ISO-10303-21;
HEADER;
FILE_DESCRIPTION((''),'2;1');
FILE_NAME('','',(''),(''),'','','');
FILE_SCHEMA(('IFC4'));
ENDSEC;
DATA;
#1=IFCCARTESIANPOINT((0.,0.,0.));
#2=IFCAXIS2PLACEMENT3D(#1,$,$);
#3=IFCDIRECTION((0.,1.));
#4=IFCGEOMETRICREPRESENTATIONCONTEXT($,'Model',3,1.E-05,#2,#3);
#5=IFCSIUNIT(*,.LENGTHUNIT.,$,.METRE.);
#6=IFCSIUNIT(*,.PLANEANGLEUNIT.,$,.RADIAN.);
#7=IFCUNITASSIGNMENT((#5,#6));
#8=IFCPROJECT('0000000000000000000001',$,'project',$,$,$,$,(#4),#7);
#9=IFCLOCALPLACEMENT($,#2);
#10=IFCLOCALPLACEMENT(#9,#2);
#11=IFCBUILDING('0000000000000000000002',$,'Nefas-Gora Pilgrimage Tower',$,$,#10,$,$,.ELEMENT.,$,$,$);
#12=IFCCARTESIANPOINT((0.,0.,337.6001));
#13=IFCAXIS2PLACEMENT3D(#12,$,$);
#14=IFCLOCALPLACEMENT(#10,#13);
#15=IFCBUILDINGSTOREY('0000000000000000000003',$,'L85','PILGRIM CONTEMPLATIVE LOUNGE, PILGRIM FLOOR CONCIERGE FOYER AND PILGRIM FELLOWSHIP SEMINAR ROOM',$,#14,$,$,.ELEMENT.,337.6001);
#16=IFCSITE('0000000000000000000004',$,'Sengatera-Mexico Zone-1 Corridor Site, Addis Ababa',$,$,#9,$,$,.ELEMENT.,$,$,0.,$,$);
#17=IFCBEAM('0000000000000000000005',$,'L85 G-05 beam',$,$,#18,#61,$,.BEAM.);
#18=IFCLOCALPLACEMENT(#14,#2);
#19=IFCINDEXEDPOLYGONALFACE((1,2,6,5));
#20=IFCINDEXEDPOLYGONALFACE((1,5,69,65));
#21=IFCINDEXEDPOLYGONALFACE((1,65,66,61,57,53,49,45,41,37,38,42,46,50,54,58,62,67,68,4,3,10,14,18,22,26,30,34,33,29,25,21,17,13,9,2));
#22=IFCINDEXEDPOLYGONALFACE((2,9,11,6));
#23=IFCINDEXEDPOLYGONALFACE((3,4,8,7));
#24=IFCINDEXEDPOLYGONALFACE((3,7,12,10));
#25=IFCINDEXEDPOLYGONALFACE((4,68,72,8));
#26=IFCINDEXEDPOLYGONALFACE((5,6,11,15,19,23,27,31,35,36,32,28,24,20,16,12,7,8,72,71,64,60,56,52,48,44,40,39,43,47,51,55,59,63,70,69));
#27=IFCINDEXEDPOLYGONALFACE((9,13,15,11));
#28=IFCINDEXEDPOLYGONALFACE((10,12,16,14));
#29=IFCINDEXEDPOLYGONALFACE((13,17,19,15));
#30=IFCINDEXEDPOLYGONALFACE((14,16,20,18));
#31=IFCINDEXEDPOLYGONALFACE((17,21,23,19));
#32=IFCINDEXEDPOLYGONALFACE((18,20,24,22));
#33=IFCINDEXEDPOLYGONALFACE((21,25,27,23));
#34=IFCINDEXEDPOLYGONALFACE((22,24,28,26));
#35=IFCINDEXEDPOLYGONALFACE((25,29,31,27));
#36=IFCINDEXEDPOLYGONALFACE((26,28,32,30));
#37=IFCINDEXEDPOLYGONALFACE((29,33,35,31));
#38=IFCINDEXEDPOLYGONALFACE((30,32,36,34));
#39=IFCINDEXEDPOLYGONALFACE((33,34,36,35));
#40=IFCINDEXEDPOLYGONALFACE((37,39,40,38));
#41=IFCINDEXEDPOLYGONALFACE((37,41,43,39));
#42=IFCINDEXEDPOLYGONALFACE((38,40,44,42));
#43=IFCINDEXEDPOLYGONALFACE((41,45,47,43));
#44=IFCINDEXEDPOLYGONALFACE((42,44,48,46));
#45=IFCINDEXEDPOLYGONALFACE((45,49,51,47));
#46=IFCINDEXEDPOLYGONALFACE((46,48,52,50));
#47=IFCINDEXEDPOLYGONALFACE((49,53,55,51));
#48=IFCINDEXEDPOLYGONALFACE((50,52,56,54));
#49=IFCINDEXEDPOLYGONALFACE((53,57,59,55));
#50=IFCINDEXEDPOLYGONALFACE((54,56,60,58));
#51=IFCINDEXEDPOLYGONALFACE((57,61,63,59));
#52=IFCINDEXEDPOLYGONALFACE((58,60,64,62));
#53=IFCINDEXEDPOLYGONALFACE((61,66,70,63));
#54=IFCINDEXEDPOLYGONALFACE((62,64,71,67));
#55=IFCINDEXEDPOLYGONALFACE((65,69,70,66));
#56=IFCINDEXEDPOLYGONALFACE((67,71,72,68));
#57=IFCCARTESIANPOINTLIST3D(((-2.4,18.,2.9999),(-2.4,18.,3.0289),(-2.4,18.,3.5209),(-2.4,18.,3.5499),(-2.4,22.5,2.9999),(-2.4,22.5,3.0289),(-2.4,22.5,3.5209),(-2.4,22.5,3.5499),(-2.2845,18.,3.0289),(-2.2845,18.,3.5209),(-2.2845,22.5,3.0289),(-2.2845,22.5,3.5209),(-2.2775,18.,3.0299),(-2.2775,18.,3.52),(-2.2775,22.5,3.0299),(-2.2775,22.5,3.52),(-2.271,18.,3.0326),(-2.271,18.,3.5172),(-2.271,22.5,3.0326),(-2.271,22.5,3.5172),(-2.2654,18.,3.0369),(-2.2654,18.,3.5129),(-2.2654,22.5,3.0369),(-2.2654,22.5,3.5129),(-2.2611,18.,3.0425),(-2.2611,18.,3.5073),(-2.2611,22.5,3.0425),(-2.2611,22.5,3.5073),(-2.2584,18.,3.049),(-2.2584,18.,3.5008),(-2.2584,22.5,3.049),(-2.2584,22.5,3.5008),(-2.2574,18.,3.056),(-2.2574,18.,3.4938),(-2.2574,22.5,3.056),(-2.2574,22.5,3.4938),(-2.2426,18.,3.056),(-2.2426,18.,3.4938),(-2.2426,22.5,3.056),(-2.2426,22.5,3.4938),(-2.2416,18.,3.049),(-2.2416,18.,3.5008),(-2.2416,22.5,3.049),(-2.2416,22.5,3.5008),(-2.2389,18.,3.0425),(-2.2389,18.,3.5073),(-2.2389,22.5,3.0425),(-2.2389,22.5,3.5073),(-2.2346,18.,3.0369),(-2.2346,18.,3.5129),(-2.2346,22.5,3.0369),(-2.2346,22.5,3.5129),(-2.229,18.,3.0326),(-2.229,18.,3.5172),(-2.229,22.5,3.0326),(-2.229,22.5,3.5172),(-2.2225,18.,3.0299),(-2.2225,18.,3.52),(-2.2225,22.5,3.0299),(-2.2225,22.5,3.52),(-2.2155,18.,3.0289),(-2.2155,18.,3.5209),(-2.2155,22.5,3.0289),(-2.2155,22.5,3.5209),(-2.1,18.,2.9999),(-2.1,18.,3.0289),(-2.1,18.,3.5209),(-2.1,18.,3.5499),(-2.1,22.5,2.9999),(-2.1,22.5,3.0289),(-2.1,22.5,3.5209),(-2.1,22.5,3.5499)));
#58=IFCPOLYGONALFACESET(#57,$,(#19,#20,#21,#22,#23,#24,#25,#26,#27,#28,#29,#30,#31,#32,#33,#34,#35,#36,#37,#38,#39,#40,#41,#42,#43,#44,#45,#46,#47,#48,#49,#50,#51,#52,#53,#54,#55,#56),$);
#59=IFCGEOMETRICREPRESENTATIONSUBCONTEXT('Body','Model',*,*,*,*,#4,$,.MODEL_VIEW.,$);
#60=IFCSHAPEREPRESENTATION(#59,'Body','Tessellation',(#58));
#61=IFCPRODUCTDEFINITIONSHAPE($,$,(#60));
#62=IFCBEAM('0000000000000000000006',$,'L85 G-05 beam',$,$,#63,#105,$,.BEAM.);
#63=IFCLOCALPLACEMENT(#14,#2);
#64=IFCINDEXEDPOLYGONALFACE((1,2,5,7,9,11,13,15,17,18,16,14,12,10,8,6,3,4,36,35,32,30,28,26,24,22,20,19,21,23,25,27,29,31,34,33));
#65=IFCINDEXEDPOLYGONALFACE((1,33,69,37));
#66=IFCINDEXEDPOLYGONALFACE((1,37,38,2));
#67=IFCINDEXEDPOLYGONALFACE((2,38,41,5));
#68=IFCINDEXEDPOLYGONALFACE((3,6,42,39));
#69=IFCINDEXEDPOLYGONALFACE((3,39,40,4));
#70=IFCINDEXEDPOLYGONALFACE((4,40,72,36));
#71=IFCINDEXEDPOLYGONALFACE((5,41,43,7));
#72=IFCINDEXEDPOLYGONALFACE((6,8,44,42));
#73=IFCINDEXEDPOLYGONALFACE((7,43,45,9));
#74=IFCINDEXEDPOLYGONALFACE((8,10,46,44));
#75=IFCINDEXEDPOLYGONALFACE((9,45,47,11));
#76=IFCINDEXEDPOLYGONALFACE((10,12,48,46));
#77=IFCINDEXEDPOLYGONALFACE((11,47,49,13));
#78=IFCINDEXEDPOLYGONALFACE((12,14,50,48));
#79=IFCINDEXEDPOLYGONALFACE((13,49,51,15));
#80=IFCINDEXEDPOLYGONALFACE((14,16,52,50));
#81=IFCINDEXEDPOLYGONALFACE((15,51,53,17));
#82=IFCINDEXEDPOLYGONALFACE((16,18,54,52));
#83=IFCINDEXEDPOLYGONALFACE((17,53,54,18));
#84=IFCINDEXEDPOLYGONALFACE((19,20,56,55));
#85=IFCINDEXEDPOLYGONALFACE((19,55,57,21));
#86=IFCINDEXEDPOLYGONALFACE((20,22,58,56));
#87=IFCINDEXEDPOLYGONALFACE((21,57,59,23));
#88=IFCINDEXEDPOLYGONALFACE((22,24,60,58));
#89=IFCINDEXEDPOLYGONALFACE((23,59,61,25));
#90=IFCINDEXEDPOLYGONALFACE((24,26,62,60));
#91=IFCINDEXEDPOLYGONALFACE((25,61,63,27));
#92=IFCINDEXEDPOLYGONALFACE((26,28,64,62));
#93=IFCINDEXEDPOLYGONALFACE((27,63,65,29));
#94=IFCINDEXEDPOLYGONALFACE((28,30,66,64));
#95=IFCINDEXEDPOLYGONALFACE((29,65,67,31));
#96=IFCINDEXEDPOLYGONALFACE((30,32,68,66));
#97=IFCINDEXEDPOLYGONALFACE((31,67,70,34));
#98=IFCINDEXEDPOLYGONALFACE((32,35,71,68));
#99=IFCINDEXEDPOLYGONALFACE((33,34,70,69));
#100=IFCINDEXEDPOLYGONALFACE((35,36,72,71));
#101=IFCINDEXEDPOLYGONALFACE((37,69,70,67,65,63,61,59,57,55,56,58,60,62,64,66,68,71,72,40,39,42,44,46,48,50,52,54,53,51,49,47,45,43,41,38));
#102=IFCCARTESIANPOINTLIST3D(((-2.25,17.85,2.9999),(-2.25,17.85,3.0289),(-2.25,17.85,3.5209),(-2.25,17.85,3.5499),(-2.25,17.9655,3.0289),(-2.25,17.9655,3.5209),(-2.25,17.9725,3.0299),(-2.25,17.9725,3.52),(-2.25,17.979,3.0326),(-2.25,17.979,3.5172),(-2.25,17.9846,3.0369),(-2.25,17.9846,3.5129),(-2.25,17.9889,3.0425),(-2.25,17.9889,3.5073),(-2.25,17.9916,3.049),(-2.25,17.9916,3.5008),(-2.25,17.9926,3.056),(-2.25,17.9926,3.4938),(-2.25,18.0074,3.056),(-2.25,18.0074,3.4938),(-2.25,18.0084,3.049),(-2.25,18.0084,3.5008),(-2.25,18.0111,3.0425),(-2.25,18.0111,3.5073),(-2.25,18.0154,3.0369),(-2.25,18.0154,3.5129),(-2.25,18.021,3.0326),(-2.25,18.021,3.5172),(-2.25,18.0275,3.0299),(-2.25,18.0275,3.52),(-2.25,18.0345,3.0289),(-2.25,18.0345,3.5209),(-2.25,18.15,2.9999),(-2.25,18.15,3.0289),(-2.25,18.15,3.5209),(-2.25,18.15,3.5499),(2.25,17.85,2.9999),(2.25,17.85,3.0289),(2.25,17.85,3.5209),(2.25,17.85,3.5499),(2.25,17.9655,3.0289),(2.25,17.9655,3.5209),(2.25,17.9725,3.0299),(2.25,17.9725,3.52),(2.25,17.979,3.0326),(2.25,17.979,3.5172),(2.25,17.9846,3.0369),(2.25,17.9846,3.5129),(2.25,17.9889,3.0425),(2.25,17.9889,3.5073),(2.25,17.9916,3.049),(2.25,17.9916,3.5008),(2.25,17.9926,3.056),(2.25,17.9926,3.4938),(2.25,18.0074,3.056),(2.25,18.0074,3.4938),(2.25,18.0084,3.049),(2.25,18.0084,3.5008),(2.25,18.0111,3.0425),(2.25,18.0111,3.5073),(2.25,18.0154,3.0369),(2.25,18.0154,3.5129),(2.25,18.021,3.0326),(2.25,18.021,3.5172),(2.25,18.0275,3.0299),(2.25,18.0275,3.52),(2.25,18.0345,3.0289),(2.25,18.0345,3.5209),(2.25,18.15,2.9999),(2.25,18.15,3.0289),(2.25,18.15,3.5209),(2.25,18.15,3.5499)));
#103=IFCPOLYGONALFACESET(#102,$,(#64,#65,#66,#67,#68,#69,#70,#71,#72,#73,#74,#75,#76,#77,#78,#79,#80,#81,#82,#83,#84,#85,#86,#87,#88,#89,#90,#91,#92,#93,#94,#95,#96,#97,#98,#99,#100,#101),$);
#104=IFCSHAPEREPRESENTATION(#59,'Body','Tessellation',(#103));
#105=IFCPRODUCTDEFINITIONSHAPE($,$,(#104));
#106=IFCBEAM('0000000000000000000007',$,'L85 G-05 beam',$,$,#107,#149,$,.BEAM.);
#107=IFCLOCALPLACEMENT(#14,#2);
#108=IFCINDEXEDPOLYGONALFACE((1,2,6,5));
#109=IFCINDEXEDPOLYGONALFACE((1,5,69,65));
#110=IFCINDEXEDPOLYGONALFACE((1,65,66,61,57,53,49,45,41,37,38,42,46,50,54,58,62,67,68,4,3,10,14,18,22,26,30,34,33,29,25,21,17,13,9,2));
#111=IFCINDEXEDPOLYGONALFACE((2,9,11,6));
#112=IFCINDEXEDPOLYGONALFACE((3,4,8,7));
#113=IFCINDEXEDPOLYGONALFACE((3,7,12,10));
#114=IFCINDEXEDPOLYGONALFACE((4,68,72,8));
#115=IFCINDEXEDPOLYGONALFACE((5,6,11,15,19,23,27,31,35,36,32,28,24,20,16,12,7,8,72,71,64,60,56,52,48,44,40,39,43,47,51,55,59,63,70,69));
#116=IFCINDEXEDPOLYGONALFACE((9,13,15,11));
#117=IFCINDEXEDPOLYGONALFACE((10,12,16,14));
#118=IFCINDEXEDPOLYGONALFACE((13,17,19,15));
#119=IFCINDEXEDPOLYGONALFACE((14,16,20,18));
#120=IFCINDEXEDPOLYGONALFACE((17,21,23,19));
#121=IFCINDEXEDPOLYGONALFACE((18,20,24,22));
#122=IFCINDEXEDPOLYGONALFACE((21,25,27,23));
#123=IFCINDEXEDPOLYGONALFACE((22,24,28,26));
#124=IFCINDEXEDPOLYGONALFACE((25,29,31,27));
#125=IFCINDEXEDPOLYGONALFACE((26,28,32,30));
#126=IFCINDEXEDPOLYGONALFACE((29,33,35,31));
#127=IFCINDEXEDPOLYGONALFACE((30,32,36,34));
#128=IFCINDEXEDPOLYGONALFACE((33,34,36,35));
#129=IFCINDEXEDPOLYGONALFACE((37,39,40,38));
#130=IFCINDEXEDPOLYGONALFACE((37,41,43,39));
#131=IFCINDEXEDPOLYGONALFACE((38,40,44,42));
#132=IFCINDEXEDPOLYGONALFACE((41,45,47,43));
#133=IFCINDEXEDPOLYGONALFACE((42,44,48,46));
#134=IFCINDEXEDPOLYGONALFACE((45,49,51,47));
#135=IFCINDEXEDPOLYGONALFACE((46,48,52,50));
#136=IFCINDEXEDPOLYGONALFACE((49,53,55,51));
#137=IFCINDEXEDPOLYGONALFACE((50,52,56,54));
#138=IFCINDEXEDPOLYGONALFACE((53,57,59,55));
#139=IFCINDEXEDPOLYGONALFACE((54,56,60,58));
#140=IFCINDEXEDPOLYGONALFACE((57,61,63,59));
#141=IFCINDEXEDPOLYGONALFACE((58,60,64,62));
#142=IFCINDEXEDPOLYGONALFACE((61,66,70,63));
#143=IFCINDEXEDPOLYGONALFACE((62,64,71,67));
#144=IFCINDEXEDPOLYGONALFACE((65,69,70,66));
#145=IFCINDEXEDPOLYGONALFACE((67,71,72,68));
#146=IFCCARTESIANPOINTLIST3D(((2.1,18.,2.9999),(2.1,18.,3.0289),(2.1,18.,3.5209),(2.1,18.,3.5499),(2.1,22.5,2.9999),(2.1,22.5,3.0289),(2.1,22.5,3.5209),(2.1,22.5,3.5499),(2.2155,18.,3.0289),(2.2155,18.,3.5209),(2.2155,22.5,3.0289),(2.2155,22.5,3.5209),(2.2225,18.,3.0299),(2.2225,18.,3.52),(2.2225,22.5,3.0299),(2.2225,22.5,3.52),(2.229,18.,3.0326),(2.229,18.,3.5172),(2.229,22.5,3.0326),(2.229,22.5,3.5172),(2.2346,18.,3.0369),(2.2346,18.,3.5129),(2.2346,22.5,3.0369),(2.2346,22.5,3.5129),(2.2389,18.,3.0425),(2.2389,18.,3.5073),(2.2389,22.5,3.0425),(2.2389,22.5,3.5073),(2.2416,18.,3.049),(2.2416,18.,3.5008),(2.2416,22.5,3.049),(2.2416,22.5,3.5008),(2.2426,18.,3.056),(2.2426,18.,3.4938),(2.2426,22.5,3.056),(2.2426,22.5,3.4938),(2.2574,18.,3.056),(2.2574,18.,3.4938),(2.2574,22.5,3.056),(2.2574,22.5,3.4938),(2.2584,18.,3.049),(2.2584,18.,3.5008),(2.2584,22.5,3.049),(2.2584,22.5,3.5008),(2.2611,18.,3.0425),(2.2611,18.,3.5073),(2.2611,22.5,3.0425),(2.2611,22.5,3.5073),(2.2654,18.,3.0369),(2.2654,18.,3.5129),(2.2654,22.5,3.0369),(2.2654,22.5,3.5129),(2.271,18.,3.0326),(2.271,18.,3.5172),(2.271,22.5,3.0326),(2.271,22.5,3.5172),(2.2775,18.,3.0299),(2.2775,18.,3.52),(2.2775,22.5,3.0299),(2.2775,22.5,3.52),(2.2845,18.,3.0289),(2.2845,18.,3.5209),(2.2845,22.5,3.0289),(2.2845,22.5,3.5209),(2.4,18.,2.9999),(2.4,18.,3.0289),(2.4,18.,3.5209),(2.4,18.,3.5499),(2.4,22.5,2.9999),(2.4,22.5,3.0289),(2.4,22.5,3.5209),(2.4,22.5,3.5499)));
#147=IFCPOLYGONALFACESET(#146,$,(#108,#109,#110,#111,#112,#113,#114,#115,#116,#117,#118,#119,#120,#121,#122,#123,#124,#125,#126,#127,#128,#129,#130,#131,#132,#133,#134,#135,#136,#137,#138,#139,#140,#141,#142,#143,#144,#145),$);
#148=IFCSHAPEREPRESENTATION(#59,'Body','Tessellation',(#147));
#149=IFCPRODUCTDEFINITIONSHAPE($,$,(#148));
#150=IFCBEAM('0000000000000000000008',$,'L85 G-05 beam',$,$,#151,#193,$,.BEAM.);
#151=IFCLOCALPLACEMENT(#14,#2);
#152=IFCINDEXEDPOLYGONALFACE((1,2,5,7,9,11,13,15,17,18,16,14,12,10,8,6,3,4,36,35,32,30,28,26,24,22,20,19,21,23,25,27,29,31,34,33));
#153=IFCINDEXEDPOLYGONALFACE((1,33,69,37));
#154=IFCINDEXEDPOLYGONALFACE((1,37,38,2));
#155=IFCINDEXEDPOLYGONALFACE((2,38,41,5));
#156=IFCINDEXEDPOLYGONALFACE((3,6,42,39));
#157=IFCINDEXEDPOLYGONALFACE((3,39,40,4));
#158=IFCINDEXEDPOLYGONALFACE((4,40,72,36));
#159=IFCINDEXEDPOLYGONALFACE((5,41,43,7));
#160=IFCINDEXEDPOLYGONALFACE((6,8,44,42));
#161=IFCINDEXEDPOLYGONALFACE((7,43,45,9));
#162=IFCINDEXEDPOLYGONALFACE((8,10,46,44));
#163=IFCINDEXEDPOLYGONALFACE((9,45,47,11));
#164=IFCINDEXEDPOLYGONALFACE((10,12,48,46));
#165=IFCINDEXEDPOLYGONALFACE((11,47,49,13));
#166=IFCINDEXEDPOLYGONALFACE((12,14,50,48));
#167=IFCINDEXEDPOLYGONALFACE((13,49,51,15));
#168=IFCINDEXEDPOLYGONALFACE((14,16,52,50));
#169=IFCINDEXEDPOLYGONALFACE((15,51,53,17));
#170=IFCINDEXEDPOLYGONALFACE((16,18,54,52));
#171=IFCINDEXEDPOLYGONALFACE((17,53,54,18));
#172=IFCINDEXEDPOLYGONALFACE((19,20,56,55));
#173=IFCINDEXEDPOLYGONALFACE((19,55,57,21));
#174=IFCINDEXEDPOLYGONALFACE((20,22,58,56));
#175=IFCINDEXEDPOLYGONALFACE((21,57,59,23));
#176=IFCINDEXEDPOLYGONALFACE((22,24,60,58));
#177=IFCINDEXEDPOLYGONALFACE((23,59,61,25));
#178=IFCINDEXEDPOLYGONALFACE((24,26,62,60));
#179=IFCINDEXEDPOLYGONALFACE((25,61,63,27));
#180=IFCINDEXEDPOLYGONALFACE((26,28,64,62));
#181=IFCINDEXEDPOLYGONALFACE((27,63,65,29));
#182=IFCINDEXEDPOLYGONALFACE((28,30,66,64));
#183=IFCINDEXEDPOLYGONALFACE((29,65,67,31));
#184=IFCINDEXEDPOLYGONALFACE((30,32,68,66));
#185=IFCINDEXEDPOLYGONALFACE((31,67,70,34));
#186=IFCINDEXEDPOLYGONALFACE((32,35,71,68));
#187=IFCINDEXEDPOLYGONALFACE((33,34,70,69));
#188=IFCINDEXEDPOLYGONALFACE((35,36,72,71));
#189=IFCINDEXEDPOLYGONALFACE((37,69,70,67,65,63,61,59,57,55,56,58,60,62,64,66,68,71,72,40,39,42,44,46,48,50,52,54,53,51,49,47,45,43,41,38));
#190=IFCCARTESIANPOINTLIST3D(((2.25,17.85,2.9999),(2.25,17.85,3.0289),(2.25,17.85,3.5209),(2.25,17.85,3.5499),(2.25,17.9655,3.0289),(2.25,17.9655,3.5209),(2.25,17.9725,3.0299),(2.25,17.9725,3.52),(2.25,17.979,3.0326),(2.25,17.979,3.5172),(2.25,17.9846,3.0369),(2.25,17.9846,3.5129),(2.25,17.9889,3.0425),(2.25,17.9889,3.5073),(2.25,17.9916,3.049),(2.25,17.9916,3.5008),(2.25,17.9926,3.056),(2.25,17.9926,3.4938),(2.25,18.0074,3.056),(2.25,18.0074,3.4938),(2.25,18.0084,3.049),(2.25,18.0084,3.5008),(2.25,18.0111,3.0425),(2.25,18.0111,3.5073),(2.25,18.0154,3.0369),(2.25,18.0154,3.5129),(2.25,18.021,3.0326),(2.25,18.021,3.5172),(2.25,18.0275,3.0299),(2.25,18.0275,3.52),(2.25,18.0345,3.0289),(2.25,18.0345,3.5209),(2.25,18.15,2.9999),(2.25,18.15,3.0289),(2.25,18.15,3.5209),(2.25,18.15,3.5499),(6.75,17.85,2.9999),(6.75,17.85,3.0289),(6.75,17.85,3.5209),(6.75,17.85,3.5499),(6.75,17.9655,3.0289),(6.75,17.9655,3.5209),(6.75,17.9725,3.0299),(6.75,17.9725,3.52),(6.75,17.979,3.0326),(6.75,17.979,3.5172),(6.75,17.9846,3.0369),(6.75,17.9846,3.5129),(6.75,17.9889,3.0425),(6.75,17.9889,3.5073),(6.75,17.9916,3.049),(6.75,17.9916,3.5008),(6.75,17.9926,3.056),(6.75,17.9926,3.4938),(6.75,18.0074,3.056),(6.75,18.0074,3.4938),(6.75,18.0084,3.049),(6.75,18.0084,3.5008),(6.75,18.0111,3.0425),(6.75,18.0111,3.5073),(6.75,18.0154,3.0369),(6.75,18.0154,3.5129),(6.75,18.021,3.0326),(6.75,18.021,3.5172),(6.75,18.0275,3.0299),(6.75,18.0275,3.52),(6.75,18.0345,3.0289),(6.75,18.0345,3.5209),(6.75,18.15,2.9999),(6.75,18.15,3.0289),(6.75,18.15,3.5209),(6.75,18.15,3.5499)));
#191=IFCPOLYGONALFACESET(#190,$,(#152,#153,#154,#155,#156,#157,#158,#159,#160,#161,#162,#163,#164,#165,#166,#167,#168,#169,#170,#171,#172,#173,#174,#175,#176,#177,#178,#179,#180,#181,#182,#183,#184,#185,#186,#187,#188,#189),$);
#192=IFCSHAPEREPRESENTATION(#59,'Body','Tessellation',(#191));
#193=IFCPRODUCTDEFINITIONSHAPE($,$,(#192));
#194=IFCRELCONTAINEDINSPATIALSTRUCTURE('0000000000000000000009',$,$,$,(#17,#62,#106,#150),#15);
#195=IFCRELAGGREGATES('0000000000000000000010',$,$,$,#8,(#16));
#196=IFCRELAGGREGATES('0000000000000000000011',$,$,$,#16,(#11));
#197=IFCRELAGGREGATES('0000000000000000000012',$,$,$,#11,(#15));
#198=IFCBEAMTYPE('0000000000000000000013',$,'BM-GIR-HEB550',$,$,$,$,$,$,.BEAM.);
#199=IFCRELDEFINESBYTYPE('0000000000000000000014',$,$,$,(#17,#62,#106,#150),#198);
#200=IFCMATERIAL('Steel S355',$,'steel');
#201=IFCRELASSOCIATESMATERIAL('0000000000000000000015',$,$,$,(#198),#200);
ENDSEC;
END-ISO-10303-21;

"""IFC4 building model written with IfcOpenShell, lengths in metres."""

from ifc_helpers import new_model, si_unit, direction, frame, origin, origin_2d, place, context, subcontext, project, spatial, i_section, extrude, source, transform, mapped, material, material_profile, profile_set, type_object, element, save


model = new_model("IFC4")

# Units and contexts
model_context = context("Model", 3, precision=1e-05, world=origin(), true_north=direction((0.0, 1.0)))
body_context = subcontext(model_context, "Body", "Model", "MODEL_VIEW")
ifc_project = project(units=[si_unit("LENGTHUNIT", "METRE"), si_unit("PLANEANGLEUNIT", "RADIAN")], contexts=[model_context])

# Site, building, storey
site_placement = place(None, origin())
site = spatial("IfcSite", under=ifc_project, at=site_placement, Name="Sengatera-Mexico Zone-1 Corridor Site, Addis Ababa", CompositionType="ELEMENT", RefElevation=0.0)
building_placement = place(site_placement, origin())
building = spatial("IfcBuilding", under=site, at=building_placement, Name="Nefas-Gora Pilgrimage Tower", CompositionType="ELEMENT")
storey_placement = place(building_placement, frame((0.0, 0.0, 337.6001)))
storey = spatial("IfcBuildingStorey", under=building, at=storey_placement, Name="L85", Description="PILGRIM CONTEMPLATIVE LOUNGE, PILGRIM FLOOR CONCIERGE FOYER AND PILGRIM FELLOWSHIP SEMINAR ROOM", CompositionType="ELEMENT", Elevation=337.6001)

# Shared definitions
ifc_material_1 = material(Name="Steel S355", Category="steel")

# Beams
ifc_material_profile_1 = material_profile(ifc_material_1, i_section(OverallWidth=0.3, OverallDepth=0.55, WebThickness=0.0149, FlangeThickness=0.0291, FilletRadius=0.0271, at=origin_2d()), Name="HEB 550")
ifc_profile_set_1 = profile_set([ifc_material_profile_1], Name="Steel S355")
beam_type_1 = type_object("IfcBeamType", Name="BM-GIR-HEB550", PredefinedType="BEAM", material=ifc_profile_set_1)
shared_shape_1 = source(origin(), body_context, "Body", "SweptSolid", [
    extrude(i_section(OverallWidth=0.3, OverallDepth=0.55, WebThickness=0.0149, FlangeThickness=0.0291, FilletRadius=0.0271, at=origin_2d()), origin(), (0.0, 0.0, 1.0), 4.5),
])
for number, where, z_axis, x_axis, name in (
    (1, (-2.25, 18.0, 3.2749), (0.0, 1.0, 0.0), (-1.0, 0.0, 0.0), "L85 G-05 beam"),
    (2, (-2.25, 18.0, 3.2749), (1.0, 0.0, 0.0), (0.0, 1.0, 0.0), "L85 G-05 beam"),
    (3, (2.25, 18.0, 3.2749), (0.0, 1.0, 0.0), (-1.0, 0.0, 0.0), "L85 G-05 beam"),
    (4, (2.25, 18.0, 3.2749), (1.0, 0.0, 0.0), (0.0, 1.0, 0.0), "L85 G-05 beam"),
):
    element("IfcBeam", number, at=place(storey_placement, frame(where, z_axis=z_axis, x_axis=x_axis)), inside=storey, type_object=beam_type_1, Name=name, PredefinedType="BEAM", context=body_context, shape_type="MappedRepresentation", body=[
        mapped(shared_shape_1, transform((0.0, 0.0, 0.0), x_axis=(1.0, 0.0, 0.0), y_axis=(0.0, 1.0, 0.0), z_axis=(0.0, 0.0, 1.0), scale=1.0)),
    ])

save(model, "model.ifc")
